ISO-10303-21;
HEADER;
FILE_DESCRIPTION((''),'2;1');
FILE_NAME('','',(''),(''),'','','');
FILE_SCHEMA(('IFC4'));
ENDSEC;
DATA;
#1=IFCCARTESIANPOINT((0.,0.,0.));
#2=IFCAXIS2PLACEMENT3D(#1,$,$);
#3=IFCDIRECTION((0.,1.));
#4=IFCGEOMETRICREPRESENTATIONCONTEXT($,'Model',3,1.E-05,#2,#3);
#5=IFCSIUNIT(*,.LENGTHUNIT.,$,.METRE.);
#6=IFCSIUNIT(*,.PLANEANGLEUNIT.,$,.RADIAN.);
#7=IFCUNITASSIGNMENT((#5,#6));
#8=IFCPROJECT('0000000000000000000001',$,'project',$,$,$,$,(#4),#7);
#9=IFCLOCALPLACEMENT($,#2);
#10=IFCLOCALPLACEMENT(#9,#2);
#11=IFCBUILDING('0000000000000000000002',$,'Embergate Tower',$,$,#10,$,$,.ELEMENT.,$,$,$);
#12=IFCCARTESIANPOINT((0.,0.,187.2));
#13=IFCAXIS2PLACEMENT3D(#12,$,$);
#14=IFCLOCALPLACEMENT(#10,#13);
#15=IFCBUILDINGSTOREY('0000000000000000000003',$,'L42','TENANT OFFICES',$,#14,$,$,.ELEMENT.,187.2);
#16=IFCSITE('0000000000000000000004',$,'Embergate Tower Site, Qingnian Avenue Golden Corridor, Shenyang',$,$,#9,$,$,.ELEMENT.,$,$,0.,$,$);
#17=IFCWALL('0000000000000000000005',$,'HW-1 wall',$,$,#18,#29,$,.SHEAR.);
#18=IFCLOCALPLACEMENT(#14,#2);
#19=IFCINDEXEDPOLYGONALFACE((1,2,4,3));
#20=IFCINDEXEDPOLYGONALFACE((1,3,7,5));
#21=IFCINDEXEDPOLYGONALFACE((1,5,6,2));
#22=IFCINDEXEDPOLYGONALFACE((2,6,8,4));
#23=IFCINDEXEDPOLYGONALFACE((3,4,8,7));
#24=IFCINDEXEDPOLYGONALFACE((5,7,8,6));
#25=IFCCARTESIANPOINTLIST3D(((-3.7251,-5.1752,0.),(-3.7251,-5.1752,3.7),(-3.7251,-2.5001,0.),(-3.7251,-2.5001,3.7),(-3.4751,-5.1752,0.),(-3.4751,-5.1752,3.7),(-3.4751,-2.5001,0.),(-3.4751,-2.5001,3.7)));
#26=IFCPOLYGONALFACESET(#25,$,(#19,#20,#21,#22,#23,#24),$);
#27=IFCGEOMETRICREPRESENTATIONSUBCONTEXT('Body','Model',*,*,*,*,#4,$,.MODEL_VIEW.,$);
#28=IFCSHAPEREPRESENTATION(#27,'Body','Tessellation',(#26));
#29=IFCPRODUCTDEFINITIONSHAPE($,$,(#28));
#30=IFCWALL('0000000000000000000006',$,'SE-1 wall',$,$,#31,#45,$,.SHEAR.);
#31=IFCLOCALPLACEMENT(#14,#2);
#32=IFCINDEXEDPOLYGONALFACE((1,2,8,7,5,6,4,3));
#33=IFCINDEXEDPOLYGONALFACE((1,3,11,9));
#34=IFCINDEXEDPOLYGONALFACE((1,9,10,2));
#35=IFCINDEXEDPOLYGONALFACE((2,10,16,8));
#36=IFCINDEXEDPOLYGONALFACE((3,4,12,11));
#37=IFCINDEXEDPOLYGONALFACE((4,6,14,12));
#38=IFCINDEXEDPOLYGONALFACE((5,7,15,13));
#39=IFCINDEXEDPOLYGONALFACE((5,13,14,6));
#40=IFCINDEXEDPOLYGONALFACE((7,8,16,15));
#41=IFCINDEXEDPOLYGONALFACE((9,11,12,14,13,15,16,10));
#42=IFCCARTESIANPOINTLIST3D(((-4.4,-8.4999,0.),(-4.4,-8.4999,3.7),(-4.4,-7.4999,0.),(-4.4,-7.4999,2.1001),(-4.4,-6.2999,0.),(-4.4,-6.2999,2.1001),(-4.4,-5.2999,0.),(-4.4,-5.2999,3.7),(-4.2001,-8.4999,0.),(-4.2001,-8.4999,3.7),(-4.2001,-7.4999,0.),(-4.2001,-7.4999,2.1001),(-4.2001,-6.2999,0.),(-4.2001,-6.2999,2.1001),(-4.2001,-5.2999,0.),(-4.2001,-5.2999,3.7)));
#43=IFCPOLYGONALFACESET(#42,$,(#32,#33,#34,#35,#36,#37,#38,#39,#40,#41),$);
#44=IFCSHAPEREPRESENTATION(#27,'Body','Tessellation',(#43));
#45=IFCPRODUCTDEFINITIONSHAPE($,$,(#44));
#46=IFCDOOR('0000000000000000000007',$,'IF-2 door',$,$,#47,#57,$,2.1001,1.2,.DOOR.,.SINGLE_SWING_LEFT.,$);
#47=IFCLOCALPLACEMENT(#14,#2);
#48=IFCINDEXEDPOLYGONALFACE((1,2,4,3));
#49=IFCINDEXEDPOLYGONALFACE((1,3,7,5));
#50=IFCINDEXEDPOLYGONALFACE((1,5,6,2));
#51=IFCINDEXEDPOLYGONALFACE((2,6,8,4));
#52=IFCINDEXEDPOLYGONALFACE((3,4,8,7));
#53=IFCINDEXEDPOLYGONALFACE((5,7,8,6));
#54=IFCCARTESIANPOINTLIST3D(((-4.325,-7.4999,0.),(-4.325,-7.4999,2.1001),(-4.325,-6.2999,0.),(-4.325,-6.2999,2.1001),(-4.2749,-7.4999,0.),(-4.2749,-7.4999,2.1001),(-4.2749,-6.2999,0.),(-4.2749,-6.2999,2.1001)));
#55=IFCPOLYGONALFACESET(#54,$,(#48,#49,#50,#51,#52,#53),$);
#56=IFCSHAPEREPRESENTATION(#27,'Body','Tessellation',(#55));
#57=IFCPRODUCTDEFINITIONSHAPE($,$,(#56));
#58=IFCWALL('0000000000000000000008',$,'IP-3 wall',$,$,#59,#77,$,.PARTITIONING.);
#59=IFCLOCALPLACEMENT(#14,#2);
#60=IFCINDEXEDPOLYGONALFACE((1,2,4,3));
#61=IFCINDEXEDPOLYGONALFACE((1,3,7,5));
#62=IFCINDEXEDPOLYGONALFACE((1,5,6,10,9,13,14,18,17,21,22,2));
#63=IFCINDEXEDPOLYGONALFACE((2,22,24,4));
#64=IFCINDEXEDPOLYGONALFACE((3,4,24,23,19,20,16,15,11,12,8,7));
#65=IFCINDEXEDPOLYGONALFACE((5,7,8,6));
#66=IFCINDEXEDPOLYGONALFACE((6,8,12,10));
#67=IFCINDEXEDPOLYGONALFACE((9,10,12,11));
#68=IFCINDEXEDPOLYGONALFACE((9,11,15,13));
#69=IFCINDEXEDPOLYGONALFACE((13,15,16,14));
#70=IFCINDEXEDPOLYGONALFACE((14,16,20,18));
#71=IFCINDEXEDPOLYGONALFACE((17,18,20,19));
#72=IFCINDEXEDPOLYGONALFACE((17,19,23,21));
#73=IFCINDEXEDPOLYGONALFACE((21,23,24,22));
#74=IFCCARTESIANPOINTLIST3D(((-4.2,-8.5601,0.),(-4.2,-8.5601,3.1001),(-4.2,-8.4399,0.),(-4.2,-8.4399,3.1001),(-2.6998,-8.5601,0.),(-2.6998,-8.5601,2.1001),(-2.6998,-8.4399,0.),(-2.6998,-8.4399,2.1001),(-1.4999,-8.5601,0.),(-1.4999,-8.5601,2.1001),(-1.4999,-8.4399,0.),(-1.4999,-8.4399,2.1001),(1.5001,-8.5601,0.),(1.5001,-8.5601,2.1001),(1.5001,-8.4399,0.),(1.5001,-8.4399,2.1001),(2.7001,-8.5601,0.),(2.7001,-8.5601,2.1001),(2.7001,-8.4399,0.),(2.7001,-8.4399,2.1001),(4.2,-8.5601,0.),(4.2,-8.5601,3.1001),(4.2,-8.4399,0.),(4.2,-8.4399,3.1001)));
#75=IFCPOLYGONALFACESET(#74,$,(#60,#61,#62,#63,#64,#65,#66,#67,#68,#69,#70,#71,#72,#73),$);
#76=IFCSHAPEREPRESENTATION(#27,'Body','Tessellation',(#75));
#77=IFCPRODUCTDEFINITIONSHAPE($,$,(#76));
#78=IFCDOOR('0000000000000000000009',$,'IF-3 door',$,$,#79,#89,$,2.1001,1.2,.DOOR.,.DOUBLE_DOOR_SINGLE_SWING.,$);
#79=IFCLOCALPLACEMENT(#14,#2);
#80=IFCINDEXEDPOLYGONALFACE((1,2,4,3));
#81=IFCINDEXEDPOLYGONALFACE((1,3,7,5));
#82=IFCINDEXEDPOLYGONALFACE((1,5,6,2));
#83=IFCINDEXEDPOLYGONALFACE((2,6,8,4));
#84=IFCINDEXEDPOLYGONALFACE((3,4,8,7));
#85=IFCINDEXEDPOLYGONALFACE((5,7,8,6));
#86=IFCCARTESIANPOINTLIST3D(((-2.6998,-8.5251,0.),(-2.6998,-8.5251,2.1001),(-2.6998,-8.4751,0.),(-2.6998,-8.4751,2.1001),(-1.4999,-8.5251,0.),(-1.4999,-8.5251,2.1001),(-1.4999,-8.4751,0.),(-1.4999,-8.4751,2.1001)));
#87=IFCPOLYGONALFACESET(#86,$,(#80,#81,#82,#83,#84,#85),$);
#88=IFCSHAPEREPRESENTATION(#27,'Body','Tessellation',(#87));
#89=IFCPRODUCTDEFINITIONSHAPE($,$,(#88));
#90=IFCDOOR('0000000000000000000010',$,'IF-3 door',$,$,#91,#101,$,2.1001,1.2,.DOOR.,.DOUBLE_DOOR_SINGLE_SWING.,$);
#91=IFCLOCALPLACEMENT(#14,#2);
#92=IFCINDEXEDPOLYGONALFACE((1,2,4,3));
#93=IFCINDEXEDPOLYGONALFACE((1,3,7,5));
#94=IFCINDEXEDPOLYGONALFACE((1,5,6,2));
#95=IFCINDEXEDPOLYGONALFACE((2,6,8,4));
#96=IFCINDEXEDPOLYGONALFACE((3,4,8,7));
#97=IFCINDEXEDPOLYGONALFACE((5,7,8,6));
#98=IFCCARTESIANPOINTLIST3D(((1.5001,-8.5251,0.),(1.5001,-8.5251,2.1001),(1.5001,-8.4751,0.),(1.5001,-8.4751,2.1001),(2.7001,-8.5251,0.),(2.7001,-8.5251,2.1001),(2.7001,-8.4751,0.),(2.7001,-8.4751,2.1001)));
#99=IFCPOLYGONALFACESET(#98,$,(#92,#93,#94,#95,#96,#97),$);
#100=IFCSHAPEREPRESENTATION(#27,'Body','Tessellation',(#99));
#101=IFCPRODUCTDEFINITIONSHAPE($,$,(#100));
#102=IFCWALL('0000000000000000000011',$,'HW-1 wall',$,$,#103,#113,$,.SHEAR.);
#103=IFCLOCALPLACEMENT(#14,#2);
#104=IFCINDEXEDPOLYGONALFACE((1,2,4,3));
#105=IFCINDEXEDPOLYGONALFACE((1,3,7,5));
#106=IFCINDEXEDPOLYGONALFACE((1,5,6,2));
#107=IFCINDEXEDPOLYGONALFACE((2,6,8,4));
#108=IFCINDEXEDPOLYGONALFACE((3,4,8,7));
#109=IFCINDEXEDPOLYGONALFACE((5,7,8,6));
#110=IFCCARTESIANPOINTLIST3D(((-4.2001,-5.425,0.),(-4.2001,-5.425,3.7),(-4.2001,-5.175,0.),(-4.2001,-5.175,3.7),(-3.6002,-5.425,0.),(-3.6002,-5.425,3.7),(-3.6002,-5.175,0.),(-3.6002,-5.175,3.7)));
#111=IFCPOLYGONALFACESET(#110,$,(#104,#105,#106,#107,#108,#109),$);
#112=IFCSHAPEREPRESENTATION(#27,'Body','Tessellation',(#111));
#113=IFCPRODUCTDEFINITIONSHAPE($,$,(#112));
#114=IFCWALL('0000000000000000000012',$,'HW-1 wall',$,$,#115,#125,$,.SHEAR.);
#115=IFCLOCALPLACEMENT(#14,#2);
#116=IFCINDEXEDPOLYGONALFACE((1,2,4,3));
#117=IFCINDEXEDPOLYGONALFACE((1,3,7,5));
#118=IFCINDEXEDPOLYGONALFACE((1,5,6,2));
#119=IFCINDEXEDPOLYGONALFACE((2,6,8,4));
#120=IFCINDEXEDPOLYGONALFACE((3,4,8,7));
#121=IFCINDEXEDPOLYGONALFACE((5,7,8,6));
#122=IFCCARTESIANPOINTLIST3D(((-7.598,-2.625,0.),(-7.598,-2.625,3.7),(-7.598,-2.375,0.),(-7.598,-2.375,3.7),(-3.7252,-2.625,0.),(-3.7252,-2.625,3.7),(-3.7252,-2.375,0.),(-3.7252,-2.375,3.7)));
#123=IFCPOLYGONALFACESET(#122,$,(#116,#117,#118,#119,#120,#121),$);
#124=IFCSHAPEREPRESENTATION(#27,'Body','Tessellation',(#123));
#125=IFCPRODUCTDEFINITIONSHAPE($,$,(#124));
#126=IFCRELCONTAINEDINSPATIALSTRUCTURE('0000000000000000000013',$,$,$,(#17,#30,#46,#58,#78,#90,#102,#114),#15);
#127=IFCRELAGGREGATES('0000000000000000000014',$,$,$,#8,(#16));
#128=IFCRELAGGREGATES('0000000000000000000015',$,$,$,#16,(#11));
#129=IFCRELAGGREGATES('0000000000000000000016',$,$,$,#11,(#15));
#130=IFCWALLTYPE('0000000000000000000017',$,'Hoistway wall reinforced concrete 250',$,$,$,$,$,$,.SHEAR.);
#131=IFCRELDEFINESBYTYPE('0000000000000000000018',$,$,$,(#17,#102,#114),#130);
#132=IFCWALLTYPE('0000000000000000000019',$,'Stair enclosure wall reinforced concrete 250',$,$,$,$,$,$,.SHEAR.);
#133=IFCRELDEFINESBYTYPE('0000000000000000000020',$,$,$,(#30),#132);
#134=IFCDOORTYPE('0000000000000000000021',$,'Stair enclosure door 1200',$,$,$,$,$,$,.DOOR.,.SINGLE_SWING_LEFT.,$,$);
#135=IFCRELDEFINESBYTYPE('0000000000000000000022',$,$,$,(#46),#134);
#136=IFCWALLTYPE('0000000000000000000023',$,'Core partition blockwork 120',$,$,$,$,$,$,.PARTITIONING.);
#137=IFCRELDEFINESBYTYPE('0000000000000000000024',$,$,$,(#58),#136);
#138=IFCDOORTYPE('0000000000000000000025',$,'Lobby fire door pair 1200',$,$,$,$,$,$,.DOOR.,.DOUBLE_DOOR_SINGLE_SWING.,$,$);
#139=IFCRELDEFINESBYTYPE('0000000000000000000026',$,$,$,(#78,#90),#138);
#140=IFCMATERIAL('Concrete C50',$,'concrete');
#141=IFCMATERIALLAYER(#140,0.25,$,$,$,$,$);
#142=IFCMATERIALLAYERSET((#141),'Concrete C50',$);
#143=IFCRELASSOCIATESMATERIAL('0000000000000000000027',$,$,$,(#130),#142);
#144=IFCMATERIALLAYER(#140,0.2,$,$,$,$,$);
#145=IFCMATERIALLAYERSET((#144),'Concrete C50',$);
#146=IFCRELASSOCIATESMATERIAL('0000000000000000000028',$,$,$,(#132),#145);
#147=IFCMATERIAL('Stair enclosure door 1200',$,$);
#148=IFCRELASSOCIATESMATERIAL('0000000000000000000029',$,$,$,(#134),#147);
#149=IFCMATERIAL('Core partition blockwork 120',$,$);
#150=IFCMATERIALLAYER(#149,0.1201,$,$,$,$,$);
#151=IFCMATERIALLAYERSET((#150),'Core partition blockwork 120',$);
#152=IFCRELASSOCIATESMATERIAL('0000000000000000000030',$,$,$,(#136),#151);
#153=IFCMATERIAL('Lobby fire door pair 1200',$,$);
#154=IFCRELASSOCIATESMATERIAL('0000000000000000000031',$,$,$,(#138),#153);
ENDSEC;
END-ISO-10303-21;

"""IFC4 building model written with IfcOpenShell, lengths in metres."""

from ifc_helpers import new_model, si_unit, direction, frame, frame_2d, origin, place, context, subcontext, project, spatial, rectangle, extrude, source, transform, mapped, material, layer, layer_set, type_object, element, fill, save


model = new_model("IFC4")

# Units and contexts
model_context = context("Model", 3, precision=1e-05, world=origin(), true_north=direction((0.0, 1.0)))
body_context = subcontext(model_context, "Body", "Model", "MODEL_VIEW")
ifc_project = project(units=[si_unit("LENGTHUNIT", "METRE"), si_unit("PLANEANGLEUNIT", "RADIAN")], contexts=[model_context])

# Site, building, storey
site_placement = place(None, origin())
site = spatial("IfcSite", under=ifc_project, at=site_placement, Name="Embergate Tower Site, Qingnian Avenue Golden Corridor, Shenyang", CompositionType="ELEMENT", RefElevation=0.0)
building_placement = place(site_placement, origin())
building = spatial("IfcBuilding", under=site, at=building_placement, Name="Embergate Tower", CompositionType="ELEMENT")
storey_placement = place(building_placement, frame((0.0, 0.0, 187.2)))
storey = spatial("IfcBuildingStorey", under=building, at=storey_placement, Name="L42", Description="TENANT OFFICES", CompositionType="ELEMENT", Elevation=187.2)

# Wall
ifc_material_1 = material(Name="Concrete C50", Category="concrete")
ifc_layer_1 = layer(ifc_material_1, 0.25)
ifc_layer_set_1 = layer_set([ifc_layer_1], Name="Concrete C50")
wall_type_1 = type_object("IfcWallType", Name="Hoistway wall reinforced concrete 250", PredefinedType="SHEAR", material=ifc_layer_set_1)
shared_shape_1 = source(origin(), body_context, "Body", "SweptSolid", [
    extrude(rectangle(XDim=2.675, YDim=0.25, at=frame_2d((1.3374, 0.0))), origin(), (0.0, 0.0, 1.0), 3.7),
])
wall_1_placement = place(storey_placement, frame((-3.6001, -5.175, 0.0), z_axis=(0.0, 0.0, 1.0), x_axis=(0.0, 1.0, 0.0)))
element("IfcWall", 1, at=wall_1_placement, inside=storey, type_object=wall_type_1, Name="HW-1 wall", PredefinedType="SHEAR", context=body_context, shape_type="MappedRepresentation", body=[
    mapped(shared_shape_1, transform((0.0, 0.0, 0.0))),
])

# Wall, opening, door
ifc_layer_2 = layer(ifc_material_1, 0.2)
ifc_layer_set_2 = layer_set([ifc_layer_2], Name="Concrete C50")
wall_type_2 = type_object("IfcWallType", Name="Stair enclosure wall reinforced concrete 250", PredefinedType="SHEAR", material=ifc_layer_set_2)
shared_shape_2 = source(origin(), body_context, "Body", "SweptSolid", [
    extrude(rectangle(XDim=3.2, YDim=0.2, at=frame_2d((1.6001, 0.0))), origin(), (0.0, 0.0, 1.0), 3.7),
])
wall_2_placement = place(storey_placement, frame((-4.3, -8.5, 0.0), z_axis=(0.0, 0.0, 1.0), x_axis=(0.0, 1.0, 0.0)))
wall_2 = element("IfcWall", 2, at=wall_2_placement, inside=storey, type_object=wall_type_2, Name="SE-1 wall", PredefinedType="SHEAR", context=body_context, shape_type="MappedRepresentation", body=[
    mapped(shared_shape_2, transform((0.0, 0.0, 0.0))),
])
shared_shape_3 = source(origin(), body_context, "Body", "SweptSolid", [
    extrude(rectangle(XDim=1.2, YDim=2.1001, at=frame_2d((0.6001, 1.05))), frame((0.0, 0.1099, 0.0), z_axis=(0.0, -1.0, 0.0), x_axis=(1.0, 0.0, 0.0)), (0.0, 0.0, 1.0), 0.22),
])
opening_1_placement = place(wall_2_placement, frame((1.0, 0.0, 0.0)))
opening_1 = element("IfcOpeningElement", 3, at=opening_1_placement, cuts=wall_2, PredefinedType="OPENING", context=body_context, shape_type="MappedRepresentation", body=[
    mapped(shared_shape_3, transform((0.0, 0.0, 0.0))),
])
ifc_material_2 = material(Name="Stair enclosure door 1200")
door_type_1 = type_object("IfcDoorType", Name="Stair enclosure door 1200", OperationType="SINGLE_SWING_LEFT", PredefinedType="DOOR", material=ifc_material_2)
shared_shape_4 = source(origin(), body_context, "Body", "SweptSolid", [
    extrude(rectangle(XDim=1.2, YDim=2.1001, at=frame_2d((0.6001, 1.05))), frame((0.0, 0.0249, 0.0), z_axis=(0.0, -1.0, 0.0), x_axis=(1.0, 0.0, 0.0)), (0.0, 0.0, 1.0), 0.05),
])
door_1_placement = place(opening_1_placement, origin())
door_1 = element("IfcDoor", 4, at=door_1_placement, inside=storey, type_object=door_type_1, Name="IF-2 door", OperationType="SINGLE_SWING_LEFT", OverallHeight=2.1001, OverallWidth=1.2, PredefinedType="DOOR", context=body_context, shape_type="MappedRepresentation", body=[
    mapped(shared_shape_4, transform((0.0, 0.0, 0.0))),
])
fill(opening_1, door_1)

# Wall, openings, doors
ifc_material_3 = material(Name="Core partition blockwork 120")
ifc_layer_3 = layer(ifc_material_3, 0.1201)
ifc_layer_set_3 = layer_set([ifc_layer_3], Name="Core partition blockwork 120")
wall_type_3 = type_object("IfcWallType", Name="Core partition blockwork 120", PredefinedType="PARTITIONING", material=ifc_layer_set_3)
shared_shape_5 = source(origin(), body_context, "Body", "SweptSolid", [
    extrude(rectangle(XDim=8.3999, YDim=0.1201, at=frame_2d((4.2, 0.0))), origin(), (0.0, 0.0, 1.0), 3.1001),
])
wall_3_placement = place(storey_placement, frame((-4.2, -8.5, 0.0), z_axis=(0.0, 0.0, 1.0), x_axis=(1.0, 0.0, 0.0)))
wall_3 = element("IfcWall", 5, at=wall_3_placement, inside=storey, type_object=wall_type_3, Name="IP-3 wall", PredefinedType="PARTITIONING", context=body_context, shape_type="MappedRepresentation", body=[
    mapped(shared_shape_5, transform((0.0, 0.0, 0.0))),
])
shared_shape_6 = source(origin(), body_context, "Body", "SweptSolid", [
    extrude(rectangle(XDim=1.2, YDim=2.1001, at=frame_2d((0.6001, 1.05))), frame((0.0, 0.0701, 0.0), z_axis=(0.0, -1.0, 0.0), x_axis=(1.0, 0.0, 0.0)), (0.0, 0.0, 1.0), 0.1401),
])
opening_2_placement = place(wall_3_placement, frame((1.5, 0.0, 0.0)))
opening_2 = element("IfcOpeningElement", 6, at=opening_2_placement, cuts=wall_3, PredefinedType="OPENING", context=body_context, shape_type="MappedRepresentation", body=[
    mapped(shared_shape_6, transform((0.0, 0.0, 0.0))),
])
opening_3_placement = place(wall_3_placement, frame((5.7, 0.0, 0.0)))
opening_3 = element("IfcOpeningElement", 7, at=opening_3_placement, cuts=wall_3, PredefinedType="OPENING", context=body_context, shape_type="MappedRepresentation", body=[
    mapped(shared_shape_6, transform((0.0, 0.0, 0.0))),
])
ifc_material_4 = material(Name="Lobby fire door pair 1200")
door_type_2 = type_object("IfcDoorType", Name="Lobby fire door pair 1200", OperationType="DOUBLE_DOOR_SINGLE_SWING", PredefinedType="DOOR", material=ifc_material_4)
door_2_placement = place(opening_2_placement, origin())
door_2 = element("IfcDoor", 8, at=door_2_placement, inside=storey, type_object=door_type_2, Name="IF-3 door", OperationType="DOUBLE_DOOR_SINGLE_SWING", OverallHeight=2.1001, OverallWidth=1.2, PredefinedType="DOOR", context=body_context, shape_type="MappedRepresentation", body=[
    mapped(shared_shape_4, transform((0.0, 0.0, 0.0))),
])
fill(opening_2, door_2)
door_3_placement = place(opening_3_placement, origin())
door_3 = element("IfcDoor", 9, at=door_3_placement, inside=storey, type_object=door_type_2, Name="IF-3 door", OperationType="DOUBLE_DOOR_SINGLE_SWING", OverallHeight=2.1001, OverallWidth=1.2, PredefinedType="DOOR", context=body_context, shape_type="MappedRepresentation", body=[
    mapped(shared_shape_4, transform((0.0, 0.0, 0.0))),
])
fill(opening_3, door_3)

# Walls
shared_shape_7 = source(origin(), body_context, "Body", "SweptSolid", [
    extrude(rectangle(XDim=0.5999, YDim=0.25, at=frame_2d((0.2998, 0.0))), origin(), (0.0, 0.0, 1.0), 3.7),
])
wall_4_placement = place(storey_placement, frame((-4.2, -5.3, 0.0), z_axis=(0.0, 0.0, 1.0), x_axis=(1.0, 0.0, 0.0)))
element("IfcWall", 10, at=wall_4_placement, inside=storey, type_object=wall_type_1, Name="HW-1 wall", PredefinedType="SHEAR", context=body_context, shape_type="MappedRepresentation", body=[
    mapped(shared_shape_7, transform((0.0, 0.0, 0.0))),
])
shared_shape_8 = source(origin(), body_context, "Body", "SweptSolid", [
    extrude(rectangle(XDim=3.8728, YDim=0.25, at=frame_2d((1.9365, 0.0))), origin(), (0.0, 0.0, 1.0), 3.7),
])
wall_5_placement = place(storey_placement, frame((-3.7251, -2.5, 0.0), z_axis=(0.0, 0.0, 1.0), x_axis=(-1.0, 0.0, 0.0)))
element("IfcWall", 11, at=wall_5_placement, inside=storey, type_object=wall_type_1, Name="HW-1 wall", PredefinedType="SHEAR", context=body_context, shape_type="MappedRepresentation", body=[
    mapped(shared_shape_8, transform((0.0, 0.0, 0.0))),
])

save(model, "model.ifc")
